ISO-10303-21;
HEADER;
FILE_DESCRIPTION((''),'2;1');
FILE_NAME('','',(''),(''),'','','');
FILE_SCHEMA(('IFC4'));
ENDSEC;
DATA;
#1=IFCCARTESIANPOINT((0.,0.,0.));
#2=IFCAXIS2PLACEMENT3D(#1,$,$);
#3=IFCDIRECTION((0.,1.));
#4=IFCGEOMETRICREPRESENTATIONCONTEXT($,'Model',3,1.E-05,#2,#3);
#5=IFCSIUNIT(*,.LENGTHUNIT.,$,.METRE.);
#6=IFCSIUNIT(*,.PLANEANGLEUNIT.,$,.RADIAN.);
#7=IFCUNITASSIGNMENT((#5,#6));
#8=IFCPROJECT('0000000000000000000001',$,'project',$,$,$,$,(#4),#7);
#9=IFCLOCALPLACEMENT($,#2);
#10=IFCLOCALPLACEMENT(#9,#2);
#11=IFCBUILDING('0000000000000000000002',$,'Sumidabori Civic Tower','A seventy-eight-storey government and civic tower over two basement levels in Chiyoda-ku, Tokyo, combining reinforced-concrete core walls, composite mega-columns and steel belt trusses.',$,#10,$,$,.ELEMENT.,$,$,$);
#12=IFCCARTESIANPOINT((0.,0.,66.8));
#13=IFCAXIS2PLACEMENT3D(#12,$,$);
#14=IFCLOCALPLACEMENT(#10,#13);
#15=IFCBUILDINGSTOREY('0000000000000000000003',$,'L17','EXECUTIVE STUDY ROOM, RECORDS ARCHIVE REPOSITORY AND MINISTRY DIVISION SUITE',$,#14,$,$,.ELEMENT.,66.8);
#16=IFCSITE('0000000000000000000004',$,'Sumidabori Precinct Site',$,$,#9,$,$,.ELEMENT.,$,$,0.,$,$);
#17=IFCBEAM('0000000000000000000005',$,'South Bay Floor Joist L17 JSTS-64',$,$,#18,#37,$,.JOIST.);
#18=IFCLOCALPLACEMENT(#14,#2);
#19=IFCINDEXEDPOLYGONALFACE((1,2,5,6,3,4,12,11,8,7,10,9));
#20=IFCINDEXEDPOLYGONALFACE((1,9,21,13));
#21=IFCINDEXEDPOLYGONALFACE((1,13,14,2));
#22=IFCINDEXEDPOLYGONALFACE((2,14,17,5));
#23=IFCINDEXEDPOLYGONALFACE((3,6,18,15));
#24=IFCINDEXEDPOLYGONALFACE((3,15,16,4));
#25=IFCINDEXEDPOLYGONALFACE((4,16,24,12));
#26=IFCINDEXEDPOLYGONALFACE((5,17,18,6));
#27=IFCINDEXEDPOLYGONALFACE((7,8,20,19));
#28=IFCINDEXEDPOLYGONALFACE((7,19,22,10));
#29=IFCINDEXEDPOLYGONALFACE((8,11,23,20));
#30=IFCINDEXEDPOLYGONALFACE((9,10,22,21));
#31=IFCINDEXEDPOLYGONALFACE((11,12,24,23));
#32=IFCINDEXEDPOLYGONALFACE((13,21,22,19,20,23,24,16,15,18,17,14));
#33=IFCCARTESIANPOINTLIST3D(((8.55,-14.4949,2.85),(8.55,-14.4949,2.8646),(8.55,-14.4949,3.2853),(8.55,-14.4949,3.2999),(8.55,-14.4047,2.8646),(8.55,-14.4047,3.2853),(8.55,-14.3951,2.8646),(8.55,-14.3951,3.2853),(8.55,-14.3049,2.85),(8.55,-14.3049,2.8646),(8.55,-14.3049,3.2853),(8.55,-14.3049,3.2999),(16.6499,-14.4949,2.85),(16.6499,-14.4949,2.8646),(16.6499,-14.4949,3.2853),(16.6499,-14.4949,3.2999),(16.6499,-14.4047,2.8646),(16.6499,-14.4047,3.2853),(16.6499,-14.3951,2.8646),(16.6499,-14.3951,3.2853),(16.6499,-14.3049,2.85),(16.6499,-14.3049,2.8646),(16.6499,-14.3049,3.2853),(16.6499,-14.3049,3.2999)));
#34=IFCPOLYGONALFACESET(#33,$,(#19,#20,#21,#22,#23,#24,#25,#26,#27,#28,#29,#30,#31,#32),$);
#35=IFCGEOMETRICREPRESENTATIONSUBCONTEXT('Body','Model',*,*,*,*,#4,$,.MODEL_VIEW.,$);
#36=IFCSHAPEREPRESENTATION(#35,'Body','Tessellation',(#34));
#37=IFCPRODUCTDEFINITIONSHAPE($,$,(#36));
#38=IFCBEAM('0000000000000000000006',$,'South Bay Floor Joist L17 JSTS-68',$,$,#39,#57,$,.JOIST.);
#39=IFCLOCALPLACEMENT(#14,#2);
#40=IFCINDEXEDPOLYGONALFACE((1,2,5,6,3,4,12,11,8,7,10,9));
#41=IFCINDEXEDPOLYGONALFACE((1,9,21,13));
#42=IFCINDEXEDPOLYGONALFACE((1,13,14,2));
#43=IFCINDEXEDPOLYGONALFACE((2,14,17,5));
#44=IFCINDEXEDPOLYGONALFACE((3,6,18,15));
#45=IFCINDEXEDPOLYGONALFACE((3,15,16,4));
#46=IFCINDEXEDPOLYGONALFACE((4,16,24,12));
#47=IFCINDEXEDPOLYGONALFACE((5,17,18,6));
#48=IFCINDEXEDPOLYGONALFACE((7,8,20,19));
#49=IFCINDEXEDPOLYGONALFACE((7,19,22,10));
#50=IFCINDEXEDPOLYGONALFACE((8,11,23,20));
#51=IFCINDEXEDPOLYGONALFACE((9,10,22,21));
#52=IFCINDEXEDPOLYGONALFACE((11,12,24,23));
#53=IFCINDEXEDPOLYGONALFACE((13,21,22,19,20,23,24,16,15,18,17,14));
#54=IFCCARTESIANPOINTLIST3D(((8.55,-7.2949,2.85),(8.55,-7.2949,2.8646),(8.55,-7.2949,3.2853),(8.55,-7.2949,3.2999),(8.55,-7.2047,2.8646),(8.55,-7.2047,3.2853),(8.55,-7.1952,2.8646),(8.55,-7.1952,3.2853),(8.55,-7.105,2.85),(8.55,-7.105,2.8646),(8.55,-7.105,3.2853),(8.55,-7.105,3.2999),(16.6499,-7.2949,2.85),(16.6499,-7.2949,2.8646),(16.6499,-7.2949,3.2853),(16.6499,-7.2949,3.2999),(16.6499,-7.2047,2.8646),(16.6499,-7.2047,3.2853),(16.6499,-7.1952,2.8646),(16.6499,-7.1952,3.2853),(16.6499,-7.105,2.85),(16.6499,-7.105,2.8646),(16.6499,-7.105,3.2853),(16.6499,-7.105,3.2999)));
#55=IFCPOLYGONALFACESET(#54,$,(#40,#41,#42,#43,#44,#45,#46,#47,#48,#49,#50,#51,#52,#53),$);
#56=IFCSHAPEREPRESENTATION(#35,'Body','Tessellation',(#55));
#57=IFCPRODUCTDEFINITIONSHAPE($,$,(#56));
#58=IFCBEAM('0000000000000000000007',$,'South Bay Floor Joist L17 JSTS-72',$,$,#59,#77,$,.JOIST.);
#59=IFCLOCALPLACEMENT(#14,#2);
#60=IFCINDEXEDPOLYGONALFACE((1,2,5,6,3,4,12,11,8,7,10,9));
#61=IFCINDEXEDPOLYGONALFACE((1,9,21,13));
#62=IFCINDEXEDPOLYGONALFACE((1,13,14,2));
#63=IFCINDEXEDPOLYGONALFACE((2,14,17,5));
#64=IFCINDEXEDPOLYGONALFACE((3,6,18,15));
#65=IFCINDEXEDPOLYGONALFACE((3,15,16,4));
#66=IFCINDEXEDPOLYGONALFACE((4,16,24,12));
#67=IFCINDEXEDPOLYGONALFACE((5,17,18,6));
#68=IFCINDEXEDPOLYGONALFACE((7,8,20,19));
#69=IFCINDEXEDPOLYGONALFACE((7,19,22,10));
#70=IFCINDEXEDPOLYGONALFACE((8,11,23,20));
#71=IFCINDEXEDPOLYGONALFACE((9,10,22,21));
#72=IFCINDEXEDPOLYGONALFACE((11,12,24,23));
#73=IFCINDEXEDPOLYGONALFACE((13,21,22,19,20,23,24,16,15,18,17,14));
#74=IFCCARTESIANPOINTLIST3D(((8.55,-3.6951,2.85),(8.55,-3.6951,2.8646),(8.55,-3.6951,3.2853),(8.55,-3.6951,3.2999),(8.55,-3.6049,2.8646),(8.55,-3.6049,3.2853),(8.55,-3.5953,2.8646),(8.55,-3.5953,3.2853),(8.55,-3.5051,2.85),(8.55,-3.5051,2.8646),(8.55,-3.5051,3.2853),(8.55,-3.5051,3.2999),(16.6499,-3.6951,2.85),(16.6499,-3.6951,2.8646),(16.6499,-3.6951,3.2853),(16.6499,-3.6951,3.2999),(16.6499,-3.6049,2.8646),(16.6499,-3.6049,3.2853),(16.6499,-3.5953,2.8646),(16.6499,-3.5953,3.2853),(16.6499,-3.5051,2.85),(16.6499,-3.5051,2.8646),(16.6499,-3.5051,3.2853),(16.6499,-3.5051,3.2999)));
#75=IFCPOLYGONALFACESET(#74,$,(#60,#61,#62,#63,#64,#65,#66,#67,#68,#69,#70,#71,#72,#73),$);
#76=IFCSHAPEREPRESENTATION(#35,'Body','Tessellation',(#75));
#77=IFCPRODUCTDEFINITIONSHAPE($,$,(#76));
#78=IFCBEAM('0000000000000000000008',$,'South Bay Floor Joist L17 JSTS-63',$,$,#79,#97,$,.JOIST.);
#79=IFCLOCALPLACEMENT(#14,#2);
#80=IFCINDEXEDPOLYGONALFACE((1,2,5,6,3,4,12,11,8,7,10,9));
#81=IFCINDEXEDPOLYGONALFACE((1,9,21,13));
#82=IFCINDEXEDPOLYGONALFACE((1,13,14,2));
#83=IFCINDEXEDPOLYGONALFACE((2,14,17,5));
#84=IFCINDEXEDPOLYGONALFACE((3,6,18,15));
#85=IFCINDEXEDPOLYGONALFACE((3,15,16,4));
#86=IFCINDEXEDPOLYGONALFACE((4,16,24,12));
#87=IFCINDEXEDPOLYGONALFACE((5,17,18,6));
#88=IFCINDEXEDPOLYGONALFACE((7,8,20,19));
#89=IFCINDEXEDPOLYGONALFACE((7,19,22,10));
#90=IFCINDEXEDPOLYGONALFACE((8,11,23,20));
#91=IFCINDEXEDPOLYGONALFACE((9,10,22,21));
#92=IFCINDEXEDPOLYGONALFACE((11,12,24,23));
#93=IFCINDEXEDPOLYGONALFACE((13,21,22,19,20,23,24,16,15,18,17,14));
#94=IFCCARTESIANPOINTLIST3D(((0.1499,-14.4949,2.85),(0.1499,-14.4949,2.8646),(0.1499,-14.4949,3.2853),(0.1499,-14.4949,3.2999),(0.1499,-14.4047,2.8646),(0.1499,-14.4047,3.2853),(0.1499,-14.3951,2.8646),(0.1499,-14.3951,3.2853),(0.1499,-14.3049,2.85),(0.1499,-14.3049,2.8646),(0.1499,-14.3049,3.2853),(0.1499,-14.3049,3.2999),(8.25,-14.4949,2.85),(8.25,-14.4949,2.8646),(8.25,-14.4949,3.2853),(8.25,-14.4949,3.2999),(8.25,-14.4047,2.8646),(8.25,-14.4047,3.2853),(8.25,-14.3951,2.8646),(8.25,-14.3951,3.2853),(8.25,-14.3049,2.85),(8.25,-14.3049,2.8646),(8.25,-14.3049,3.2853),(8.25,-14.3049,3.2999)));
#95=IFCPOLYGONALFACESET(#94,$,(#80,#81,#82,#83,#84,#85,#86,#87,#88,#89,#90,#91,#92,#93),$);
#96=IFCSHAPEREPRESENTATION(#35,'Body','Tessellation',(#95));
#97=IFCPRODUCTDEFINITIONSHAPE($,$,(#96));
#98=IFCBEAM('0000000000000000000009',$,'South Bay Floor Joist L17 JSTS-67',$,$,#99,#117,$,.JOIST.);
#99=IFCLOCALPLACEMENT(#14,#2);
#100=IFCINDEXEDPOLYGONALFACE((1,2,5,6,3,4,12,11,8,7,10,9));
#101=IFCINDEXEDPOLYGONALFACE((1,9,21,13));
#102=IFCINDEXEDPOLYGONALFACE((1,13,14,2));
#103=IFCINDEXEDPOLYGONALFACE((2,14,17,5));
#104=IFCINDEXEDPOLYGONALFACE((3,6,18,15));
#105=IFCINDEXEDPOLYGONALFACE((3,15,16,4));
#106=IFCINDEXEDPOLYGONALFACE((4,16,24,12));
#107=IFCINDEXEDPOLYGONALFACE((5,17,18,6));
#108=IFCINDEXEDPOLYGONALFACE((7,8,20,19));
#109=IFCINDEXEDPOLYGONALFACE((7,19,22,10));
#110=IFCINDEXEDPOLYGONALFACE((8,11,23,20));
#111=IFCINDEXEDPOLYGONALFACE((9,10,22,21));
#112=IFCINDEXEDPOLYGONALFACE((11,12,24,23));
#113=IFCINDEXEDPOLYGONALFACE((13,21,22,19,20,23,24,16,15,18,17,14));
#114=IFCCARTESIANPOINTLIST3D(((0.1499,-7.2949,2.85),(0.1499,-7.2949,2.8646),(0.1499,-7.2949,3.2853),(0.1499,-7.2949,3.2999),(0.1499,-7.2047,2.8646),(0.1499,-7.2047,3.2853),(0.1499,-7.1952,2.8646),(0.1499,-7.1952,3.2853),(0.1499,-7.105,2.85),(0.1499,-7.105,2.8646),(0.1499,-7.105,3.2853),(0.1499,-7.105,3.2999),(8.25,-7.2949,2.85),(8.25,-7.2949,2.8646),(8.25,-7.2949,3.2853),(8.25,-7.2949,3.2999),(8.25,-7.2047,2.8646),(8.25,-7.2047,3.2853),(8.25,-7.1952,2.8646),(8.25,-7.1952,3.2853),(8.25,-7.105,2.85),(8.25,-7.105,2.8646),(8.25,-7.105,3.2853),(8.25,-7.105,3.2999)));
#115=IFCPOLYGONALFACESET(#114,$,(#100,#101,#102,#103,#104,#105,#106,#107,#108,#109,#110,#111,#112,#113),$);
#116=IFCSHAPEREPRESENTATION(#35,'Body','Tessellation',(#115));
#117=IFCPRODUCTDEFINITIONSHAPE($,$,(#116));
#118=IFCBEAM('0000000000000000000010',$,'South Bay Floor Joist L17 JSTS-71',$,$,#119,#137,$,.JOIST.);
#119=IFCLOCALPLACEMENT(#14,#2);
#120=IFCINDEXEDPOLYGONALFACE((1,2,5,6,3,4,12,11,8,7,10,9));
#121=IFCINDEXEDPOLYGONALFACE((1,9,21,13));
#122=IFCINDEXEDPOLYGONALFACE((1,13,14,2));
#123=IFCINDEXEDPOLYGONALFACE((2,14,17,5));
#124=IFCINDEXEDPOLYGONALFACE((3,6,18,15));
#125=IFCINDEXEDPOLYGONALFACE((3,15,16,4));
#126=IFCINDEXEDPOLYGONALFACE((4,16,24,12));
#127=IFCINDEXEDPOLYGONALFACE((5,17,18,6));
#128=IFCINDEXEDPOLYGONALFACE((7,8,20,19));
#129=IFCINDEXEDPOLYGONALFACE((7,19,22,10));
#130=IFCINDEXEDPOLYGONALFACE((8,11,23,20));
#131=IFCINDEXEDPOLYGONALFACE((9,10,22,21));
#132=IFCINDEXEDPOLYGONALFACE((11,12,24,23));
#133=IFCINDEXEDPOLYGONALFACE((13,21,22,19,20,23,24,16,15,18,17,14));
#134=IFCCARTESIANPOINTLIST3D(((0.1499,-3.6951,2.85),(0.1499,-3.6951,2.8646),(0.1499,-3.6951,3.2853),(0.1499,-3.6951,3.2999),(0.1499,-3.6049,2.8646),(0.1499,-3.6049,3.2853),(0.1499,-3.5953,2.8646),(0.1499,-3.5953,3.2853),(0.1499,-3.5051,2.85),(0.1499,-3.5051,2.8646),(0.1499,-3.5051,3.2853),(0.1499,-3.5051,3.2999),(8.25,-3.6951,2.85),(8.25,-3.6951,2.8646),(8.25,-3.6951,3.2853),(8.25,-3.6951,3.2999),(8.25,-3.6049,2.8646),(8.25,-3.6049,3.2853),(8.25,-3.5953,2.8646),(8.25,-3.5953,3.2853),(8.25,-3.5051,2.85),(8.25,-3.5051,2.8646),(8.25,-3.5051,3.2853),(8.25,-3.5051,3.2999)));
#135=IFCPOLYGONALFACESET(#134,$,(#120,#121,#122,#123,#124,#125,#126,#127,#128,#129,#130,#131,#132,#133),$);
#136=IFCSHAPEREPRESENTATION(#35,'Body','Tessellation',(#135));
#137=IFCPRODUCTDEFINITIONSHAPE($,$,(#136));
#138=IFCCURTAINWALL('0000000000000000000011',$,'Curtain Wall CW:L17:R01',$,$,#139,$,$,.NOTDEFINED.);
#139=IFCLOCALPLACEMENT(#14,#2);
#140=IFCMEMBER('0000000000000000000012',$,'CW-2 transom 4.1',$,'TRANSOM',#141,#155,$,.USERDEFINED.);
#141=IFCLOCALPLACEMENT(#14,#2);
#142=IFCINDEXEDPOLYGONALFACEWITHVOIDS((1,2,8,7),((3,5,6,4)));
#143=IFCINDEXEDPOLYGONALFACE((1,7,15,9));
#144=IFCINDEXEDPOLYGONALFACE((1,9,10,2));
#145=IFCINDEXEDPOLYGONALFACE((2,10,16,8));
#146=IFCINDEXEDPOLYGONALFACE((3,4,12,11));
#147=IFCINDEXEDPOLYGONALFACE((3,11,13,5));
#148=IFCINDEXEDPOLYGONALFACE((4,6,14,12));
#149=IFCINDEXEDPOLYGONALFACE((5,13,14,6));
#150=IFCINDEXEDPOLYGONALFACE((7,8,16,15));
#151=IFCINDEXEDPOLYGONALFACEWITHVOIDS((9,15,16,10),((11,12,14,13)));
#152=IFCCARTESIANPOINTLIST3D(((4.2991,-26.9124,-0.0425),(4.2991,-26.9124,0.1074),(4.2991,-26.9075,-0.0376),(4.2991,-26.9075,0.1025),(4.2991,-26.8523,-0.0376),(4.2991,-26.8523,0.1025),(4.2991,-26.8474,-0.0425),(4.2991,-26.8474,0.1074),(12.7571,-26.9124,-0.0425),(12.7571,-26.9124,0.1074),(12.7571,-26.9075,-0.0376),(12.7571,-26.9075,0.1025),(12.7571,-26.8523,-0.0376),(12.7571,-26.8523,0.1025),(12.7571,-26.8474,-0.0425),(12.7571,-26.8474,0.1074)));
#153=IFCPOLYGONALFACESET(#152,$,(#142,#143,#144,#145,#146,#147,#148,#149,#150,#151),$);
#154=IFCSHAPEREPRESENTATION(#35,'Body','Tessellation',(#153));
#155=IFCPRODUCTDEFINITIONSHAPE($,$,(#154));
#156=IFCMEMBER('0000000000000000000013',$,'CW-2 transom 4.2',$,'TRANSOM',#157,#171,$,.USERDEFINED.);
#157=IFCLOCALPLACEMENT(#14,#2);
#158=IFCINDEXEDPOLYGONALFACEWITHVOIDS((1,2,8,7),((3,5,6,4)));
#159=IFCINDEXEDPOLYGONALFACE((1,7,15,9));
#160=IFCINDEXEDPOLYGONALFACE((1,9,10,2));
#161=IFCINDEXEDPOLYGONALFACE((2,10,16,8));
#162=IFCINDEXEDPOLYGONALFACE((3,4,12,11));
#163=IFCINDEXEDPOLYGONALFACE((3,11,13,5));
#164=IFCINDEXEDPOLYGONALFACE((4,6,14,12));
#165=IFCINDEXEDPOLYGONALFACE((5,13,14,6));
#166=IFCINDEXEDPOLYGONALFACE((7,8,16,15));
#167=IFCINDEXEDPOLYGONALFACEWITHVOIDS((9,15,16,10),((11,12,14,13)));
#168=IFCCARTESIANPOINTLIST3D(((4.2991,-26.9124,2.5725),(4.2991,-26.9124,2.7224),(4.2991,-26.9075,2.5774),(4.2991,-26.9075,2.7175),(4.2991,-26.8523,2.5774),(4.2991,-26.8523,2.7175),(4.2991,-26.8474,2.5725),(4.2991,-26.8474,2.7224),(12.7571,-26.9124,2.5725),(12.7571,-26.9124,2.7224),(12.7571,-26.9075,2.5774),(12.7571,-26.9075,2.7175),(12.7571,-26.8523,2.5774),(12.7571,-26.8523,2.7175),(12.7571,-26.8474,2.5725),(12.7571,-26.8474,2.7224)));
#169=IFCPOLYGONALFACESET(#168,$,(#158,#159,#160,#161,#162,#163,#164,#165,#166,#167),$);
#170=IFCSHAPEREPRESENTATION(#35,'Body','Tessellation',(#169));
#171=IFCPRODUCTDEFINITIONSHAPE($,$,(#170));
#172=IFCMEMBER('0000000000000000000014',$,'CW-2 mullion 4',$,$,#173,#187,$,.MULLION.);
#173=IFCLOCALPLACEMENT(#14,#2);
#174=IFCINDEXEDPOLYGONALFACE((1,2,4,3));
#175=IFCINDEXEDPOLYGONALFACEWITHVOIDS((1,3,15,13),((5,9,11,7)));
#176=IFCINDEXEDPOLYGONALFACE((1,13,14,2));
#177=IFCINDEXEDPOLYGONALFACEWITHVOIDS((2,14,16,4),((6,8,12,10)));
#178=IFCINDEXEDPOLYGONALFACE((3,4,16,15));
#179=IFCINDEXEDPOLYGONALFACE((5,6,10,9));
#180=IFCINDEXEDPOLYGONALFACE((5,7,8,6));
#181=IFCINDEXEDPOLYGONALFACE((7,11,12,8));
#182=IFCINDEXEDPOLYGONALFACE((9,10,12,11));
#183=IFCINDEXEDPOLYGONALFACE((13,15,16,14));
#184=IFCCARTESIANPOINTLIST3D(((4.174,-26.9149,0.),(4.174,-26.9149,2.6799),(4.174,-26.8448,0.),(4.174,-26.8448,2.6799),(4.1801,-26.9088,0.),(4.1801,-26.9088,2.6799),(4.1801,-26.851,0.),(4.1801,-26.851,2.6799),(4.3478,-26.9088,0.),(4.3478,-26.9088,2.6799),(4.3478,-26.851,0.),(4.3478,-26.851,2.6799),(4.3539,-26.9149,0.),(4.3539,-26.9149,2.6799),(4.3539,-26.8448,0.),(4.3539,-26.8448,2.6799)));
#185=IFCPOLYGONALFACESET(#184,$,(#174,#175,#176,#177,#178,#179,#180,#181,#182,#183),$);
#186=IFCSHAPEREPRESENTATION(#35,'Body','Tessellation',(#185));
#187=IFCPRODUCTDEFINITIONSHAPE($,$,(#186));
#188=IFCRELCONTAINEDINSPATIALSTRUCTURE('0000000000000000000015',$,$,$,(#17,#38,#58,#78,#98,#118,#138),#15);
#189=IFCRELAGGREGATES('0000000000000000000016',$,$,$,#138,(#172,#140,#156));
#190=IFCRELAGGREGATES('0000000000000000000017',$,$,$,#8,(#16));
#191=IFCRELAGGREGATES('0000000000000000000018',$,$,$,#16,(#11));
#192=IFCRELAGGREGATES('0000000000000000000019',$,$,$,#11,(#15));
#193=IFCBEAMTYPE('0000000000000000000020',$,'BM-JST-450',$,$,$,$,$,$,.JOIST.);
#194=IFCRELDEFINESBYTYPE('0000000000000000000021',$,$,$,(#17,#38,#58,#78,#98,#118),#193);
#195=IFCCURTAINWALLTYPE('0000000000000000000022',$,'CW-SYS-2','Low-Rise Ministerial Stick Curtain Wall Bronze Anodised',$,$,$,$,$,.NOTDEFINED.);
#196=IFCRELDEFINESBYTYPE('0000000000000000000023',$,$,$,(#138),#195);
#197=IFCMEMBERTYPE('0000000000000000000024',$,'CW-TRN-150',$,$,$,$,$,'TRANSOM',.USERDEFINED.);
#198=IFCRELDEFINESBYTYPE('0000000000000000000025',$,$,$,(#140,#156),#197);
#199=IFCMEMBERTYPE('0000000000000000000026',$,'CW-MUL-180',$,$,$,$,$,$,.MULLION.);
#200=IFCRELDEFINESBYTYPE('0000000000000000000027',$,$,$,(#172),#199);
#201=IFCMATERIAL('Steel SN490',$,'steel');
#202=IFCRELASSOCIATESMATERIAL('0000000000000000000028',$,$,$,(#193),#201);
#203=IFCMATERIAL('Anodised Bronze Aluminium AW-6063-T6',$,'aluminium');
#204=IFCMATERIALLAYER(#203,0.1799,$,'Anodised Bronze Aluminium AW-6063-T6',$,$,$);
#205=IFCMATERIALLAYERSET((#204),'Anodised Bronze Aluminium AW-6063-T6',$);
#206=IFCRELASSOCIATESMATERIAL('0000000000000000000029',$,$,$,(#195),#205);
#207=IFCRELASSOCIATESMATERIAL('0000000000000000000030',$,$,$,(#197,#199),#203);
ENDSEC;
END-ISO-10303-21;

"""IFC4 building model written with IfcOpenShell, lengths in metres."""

from ifc_helpers import new_model, si_unit, direction, frame, origin, origin_2d, place, context, subcontext, project, spatial, hollow_rectangle, i_section, extrude, source, transform, mapped, material, layer, layer_set, material_profile, profile_set, type_object, element, aggregate, save


model = new_model("IFC4")

# Units and contexts
model_context = context("Model", 3, precision=1e-05, world=origin(), true_north=direction((0.0, 1.0)))
body_context = subcontext(model_context, "Body", "Model", "MODEL_VIEW")
ifc_project = project(units=[si_unit("LENGTHUNIT", "METRE"), si_unit("PLANEANGLEUNIT", "RADIAN")], contexts=[model_context])

# Site, building, storey
site_placement = place(None, origin())
site = spatial("IfcSite", under=ifc_project, at=site_placement, Name="Sumidabori Precinct Site", CompositionType="ELEMENT", RefElevation=0.0)
building_placement = place(site_placement, origin())
building = spatial("IfcBuilding", under=site, at=building_placement, Name="Sumidabori Civic Tower", Description="A seventy-eight-storey government and civic tower over two basement levels in Chiyoda-ku, Tokyo, combining reinforced-concrete core walls, composite mega-columns and steel belt trusses.", CompositionType="ELEMENT")
storey_placement = place(building_placement, frame((0.0, 0.0, 66.8)))
storey = spatial("IfcBuildingStorey", under=building, at=storey_placement, Name="L17", Description="EXECUTIVE STUDY ROOM, RECORDS ARCHIVE REPOSITORY AND MINISTRY DIVISION SUITE", CompositionType="ELEMENT", Elevation=66.8)

# Beams
ifc_material_1 = material(Name="Steel SN490", Category="steel")
ifc_material_profile_1 = material_profile(ifc_material_1, i_section(OverallWidth=0.1899, OverallDepth=0.45, WebThickness=0.0095, FlangeThickness=0.0146, at=origin_2d()), Name="IPE 450")
ifc_profile_set_1 = profile_set([ifc_material_profile_1], Name="Steel SN490")
beam_type_1 = type_object("IfcBeamType", Name="BM-JST-450", PredefinedType="JOIST", material=ifc_profile_set_1)
shared_shape_1 = source(origin(), body_context, "Body", "SweptSolid", [
    extrude(i_section(OverallWidth=0.1899, OverallDepth=0.45, WebThickness=0.0095, FlangeThickness=0.0146, at=origin_2d()), origin(), (0.0, 0.0, 1.0), 8.0999),
])
for number, where, z_axis, x_axis, name in (
    (1, (8.55, -14.3999, 3.075), (1.0, 0.0, 0.0), (0.0, 1.0, 0.0), "South Bay Floor Joist L17 JSTS-64"),
    (2, (8.55, -7.2, 3.075), (1.0, 0.0, 0.0), (0.0, 1.0, 0.0), "South Bay Floor Joist L17 JSTS-68"),
    (3, (8.55, -3.6001, 3.075), (1.0, 0.0, 0.0), (0.0, 1.0, 0.0), "South Bay Floor Joist L17 JSTS-72"),
):
    element("IfcBeam", number, at=place(storey_placement, frame(where, z_axis=z_axis, x_axis=x_axis)), inside=storey, type_object=beam_type_1, Name=name, PredefinedType="JOIST", context=body_context, shape_type="MappedRepresentation", body=[
        mapped(shared_shape_1, transform((0.0, 0.0, 0.0), x_axis=(1.0, 0.0, 0.0), y_axis=(0.0, 1.0, 0.0), z_axis=(0.0, 0.0, 1.0), scale=1.0)),
    ])
shared_shape_2 = source(origin(), body_context, "Body", "SweptSolid", [
    extrude(i_section(OverallWidth=0.1899, OverallDepth=0.45, WebThickness=0.0095, FlangeThickness=0.0146, at=origin_2d()), origin(), (0.0, 0.0, 1.0), 8.1001),
])
for number, where, z_axis, x_axis, name in (
    (4, (0.1499, -14.3999, 3.075), (1.0, 0.0, 0.0), (0.0, 1.0, 0.0), "South Bay Floor Joist L17 JSTS-63"),
    (5, (0.1499, -7.2, 3.075), (1.0, 0.0, 0.0), (0.0, 1.0, 0.0), "South Bay Floor Joist L17 JSTS-67"),
    (6, (0.1499, -3.6001, 3.075), (1.0, 0.0, 0.0), (0.0, 1.0, 0.0), "South Bay Floor Joist L17 JSTS-71"),
):
    element("IfcBeam", number, at=place(storey_placement, frame(where, z_axis=z_axis, x_axis=x_axis)), inside=storey, type_object=beam_type_1, Name=name, PredefinedType="JOIST", context=body_context, shape_type="MappedRepresentation", body=[
        mapped(shared_shape_2, transform((0.0, 0.0, 0.0), x_axis=(1.0, 0.0, 0.0), y_axis=(0.0, 1.0, 0.0), z_axis=(0.0, 0.0, 1.0), scale=1.0)),
    ])

# Curtain wall, members
ifc_material_2 = material(Name="Anodised Bronze Aluminium AW-6063-T6", Category="aluminium")
ifc_layer_1 = layer(ifc_material_2, 0.1799, Name="Anodised Bronze Aluminium AW-6063-T6")
ifc_layer_set_1 = layer_set([ifc_layer_1], Name="Anodised Bronze Aluminium AW-6063-T6")
curtain_wall_type = type_object("IfcCurtainWallType", Name="CW-SYS-2", Description="Low-Rise Ministerial Stick Curtain Wall Bronze Anodised", PredefinedType="NOTDEFINED", material=ifc_layer_set_1)
curtain_wall_placement = place(storey_placement, origin())
curtain_wall = element("IfcCurtainWall", 7, at=curtain_wall_placement, inside=storey, type_object=curtain_wall_type, Name="Curtain Wall CW:L17:R01", PredefinedType="NOTDEFINED")
ifc_material_profile_2 = material_profile(ifc_material_2, hollow_rectangle(XDim=0.0649, YDim=0.1499, WallThickness=0.0049, at=origin_2d()), Name="ALU TRANSOM 150x65")
ifc_profile_set_2 = profile_set([ifc_material_profile_2], Name="Anodised Bronze Aluminium AW-6063-T6")
member_type_1 = type_object("IfcMemberType", Name="CW-TRN-150", ElementType="TRANSOM", PredefinedType="USERDEFINED", material=ifc_profile_set_2)
shared_shape_3 = source(origin(), body_context, "Body", "SweptSolid", [
    extrude(hollow_rectangle(XDim=0.0649, YDim=0.1499, WallThickness=0.0049, at=origin_2d()), origin(), (0.0, 0.0, 1.0), 8.458),
])
member_1_placement = place(storey_placement, frame((4.2991, -26.8799, 0.0325), z_axis=(1.0, 0.0, 0.0), x_axis=(0.0, 1.0, 0.0)))
member_1 = element("IfcMember", 8, at=member_1_placement, type_object=member_type_1, Name="CW-2 transom 4.1", ObjectType="TRANSOM", PredefinedType="USERDEFINED", context=body_context, shape_type="MappedRepresentation", body=[
    mapped(shared_shape_3, transform((0.0, 0.0, 0.0), x_axis=(1.0, 0.0, 0.0), y_axis=(0.0, 1.0, 0.0), z_axis=(0.0, 0.0, 1.0), scale=1.0)),
])
member_2_placement = place(storey_placement, frame((4.2991, -26.8799, 2.6475), z_axis=(1.0, 0.0, 0.0), x_axis=(0.0, 1.0, 0.0)))
member_2 = element("IfcMember", 9, at=member_2_placement, type_object=member_type_1, Name="CW-2 transom 4.2", ObjectType="TRANSOM", PredefinedType="USERDEFINED", context=body_context, shape_type="MappedRepresentation", body=[
    mapped(shared_shape_3, transform((0.0, 0.0, 0.0), x_axis=(1.0, 0.0, 0.0), y_axis=(0.0, 1.0, 0.0), z_axis=(0.0, 0.0, 1.0), scale=1.0)),
])
ifc_material_profile_3 = material_profile(ifc_material_2, hollow_rectangle(XDim=0.0701, YDim=0.1799, WallThickness=0.0061, at=origin_2d()), Name="ALU MULLION 180x70")
ifc_profile_set_3 = profile_set([ifc_material_profile_3], Name="Anodised Bronze Aluminium AW-6063-T6")
member_type_2 = type_object("IfcMemberType", Name="CW-MUL-180", PredefinedType="MULLION", material=ifc_profile_set_3)
shared_shape_4 = source(origin(), body_context, "Body", "SweptSolid", [
    extrude(hollow_rectangle(XDim=0.0701, YDim=0.1799, WallThickness=0.0061, at=origin_2d()), origin(), (0.0, 0.0, 1.0), 2.6799),
])
member_3_placement = place(storey_placement, frame((4.2639, -26.8799, 0.0), z_axis=(0.0, 0.0, 1.0), x_axis=(0.0, 1.0, 0.0)))
member_3 = element("IfcMember", 10, at=member_3_placement, type_object=member_type_2, Name="CW-2 mullion 4", PredefinedType="MULLION", context=body_context, shape_type="MappedRepresentation", body=[
    mapped(shared_shape_4, transform((0.0, 0.0, 0.0), x_axis=(1.0, 0.0, 0.0), y_axis=(0.0, 1.0, 0.0), z_axis=(0.0, 0.0, 1.0), scale=1.0)),
])
aggregate(curtain_wall, [member_3, member_1, member_2])

save(model, "model.ifc")
